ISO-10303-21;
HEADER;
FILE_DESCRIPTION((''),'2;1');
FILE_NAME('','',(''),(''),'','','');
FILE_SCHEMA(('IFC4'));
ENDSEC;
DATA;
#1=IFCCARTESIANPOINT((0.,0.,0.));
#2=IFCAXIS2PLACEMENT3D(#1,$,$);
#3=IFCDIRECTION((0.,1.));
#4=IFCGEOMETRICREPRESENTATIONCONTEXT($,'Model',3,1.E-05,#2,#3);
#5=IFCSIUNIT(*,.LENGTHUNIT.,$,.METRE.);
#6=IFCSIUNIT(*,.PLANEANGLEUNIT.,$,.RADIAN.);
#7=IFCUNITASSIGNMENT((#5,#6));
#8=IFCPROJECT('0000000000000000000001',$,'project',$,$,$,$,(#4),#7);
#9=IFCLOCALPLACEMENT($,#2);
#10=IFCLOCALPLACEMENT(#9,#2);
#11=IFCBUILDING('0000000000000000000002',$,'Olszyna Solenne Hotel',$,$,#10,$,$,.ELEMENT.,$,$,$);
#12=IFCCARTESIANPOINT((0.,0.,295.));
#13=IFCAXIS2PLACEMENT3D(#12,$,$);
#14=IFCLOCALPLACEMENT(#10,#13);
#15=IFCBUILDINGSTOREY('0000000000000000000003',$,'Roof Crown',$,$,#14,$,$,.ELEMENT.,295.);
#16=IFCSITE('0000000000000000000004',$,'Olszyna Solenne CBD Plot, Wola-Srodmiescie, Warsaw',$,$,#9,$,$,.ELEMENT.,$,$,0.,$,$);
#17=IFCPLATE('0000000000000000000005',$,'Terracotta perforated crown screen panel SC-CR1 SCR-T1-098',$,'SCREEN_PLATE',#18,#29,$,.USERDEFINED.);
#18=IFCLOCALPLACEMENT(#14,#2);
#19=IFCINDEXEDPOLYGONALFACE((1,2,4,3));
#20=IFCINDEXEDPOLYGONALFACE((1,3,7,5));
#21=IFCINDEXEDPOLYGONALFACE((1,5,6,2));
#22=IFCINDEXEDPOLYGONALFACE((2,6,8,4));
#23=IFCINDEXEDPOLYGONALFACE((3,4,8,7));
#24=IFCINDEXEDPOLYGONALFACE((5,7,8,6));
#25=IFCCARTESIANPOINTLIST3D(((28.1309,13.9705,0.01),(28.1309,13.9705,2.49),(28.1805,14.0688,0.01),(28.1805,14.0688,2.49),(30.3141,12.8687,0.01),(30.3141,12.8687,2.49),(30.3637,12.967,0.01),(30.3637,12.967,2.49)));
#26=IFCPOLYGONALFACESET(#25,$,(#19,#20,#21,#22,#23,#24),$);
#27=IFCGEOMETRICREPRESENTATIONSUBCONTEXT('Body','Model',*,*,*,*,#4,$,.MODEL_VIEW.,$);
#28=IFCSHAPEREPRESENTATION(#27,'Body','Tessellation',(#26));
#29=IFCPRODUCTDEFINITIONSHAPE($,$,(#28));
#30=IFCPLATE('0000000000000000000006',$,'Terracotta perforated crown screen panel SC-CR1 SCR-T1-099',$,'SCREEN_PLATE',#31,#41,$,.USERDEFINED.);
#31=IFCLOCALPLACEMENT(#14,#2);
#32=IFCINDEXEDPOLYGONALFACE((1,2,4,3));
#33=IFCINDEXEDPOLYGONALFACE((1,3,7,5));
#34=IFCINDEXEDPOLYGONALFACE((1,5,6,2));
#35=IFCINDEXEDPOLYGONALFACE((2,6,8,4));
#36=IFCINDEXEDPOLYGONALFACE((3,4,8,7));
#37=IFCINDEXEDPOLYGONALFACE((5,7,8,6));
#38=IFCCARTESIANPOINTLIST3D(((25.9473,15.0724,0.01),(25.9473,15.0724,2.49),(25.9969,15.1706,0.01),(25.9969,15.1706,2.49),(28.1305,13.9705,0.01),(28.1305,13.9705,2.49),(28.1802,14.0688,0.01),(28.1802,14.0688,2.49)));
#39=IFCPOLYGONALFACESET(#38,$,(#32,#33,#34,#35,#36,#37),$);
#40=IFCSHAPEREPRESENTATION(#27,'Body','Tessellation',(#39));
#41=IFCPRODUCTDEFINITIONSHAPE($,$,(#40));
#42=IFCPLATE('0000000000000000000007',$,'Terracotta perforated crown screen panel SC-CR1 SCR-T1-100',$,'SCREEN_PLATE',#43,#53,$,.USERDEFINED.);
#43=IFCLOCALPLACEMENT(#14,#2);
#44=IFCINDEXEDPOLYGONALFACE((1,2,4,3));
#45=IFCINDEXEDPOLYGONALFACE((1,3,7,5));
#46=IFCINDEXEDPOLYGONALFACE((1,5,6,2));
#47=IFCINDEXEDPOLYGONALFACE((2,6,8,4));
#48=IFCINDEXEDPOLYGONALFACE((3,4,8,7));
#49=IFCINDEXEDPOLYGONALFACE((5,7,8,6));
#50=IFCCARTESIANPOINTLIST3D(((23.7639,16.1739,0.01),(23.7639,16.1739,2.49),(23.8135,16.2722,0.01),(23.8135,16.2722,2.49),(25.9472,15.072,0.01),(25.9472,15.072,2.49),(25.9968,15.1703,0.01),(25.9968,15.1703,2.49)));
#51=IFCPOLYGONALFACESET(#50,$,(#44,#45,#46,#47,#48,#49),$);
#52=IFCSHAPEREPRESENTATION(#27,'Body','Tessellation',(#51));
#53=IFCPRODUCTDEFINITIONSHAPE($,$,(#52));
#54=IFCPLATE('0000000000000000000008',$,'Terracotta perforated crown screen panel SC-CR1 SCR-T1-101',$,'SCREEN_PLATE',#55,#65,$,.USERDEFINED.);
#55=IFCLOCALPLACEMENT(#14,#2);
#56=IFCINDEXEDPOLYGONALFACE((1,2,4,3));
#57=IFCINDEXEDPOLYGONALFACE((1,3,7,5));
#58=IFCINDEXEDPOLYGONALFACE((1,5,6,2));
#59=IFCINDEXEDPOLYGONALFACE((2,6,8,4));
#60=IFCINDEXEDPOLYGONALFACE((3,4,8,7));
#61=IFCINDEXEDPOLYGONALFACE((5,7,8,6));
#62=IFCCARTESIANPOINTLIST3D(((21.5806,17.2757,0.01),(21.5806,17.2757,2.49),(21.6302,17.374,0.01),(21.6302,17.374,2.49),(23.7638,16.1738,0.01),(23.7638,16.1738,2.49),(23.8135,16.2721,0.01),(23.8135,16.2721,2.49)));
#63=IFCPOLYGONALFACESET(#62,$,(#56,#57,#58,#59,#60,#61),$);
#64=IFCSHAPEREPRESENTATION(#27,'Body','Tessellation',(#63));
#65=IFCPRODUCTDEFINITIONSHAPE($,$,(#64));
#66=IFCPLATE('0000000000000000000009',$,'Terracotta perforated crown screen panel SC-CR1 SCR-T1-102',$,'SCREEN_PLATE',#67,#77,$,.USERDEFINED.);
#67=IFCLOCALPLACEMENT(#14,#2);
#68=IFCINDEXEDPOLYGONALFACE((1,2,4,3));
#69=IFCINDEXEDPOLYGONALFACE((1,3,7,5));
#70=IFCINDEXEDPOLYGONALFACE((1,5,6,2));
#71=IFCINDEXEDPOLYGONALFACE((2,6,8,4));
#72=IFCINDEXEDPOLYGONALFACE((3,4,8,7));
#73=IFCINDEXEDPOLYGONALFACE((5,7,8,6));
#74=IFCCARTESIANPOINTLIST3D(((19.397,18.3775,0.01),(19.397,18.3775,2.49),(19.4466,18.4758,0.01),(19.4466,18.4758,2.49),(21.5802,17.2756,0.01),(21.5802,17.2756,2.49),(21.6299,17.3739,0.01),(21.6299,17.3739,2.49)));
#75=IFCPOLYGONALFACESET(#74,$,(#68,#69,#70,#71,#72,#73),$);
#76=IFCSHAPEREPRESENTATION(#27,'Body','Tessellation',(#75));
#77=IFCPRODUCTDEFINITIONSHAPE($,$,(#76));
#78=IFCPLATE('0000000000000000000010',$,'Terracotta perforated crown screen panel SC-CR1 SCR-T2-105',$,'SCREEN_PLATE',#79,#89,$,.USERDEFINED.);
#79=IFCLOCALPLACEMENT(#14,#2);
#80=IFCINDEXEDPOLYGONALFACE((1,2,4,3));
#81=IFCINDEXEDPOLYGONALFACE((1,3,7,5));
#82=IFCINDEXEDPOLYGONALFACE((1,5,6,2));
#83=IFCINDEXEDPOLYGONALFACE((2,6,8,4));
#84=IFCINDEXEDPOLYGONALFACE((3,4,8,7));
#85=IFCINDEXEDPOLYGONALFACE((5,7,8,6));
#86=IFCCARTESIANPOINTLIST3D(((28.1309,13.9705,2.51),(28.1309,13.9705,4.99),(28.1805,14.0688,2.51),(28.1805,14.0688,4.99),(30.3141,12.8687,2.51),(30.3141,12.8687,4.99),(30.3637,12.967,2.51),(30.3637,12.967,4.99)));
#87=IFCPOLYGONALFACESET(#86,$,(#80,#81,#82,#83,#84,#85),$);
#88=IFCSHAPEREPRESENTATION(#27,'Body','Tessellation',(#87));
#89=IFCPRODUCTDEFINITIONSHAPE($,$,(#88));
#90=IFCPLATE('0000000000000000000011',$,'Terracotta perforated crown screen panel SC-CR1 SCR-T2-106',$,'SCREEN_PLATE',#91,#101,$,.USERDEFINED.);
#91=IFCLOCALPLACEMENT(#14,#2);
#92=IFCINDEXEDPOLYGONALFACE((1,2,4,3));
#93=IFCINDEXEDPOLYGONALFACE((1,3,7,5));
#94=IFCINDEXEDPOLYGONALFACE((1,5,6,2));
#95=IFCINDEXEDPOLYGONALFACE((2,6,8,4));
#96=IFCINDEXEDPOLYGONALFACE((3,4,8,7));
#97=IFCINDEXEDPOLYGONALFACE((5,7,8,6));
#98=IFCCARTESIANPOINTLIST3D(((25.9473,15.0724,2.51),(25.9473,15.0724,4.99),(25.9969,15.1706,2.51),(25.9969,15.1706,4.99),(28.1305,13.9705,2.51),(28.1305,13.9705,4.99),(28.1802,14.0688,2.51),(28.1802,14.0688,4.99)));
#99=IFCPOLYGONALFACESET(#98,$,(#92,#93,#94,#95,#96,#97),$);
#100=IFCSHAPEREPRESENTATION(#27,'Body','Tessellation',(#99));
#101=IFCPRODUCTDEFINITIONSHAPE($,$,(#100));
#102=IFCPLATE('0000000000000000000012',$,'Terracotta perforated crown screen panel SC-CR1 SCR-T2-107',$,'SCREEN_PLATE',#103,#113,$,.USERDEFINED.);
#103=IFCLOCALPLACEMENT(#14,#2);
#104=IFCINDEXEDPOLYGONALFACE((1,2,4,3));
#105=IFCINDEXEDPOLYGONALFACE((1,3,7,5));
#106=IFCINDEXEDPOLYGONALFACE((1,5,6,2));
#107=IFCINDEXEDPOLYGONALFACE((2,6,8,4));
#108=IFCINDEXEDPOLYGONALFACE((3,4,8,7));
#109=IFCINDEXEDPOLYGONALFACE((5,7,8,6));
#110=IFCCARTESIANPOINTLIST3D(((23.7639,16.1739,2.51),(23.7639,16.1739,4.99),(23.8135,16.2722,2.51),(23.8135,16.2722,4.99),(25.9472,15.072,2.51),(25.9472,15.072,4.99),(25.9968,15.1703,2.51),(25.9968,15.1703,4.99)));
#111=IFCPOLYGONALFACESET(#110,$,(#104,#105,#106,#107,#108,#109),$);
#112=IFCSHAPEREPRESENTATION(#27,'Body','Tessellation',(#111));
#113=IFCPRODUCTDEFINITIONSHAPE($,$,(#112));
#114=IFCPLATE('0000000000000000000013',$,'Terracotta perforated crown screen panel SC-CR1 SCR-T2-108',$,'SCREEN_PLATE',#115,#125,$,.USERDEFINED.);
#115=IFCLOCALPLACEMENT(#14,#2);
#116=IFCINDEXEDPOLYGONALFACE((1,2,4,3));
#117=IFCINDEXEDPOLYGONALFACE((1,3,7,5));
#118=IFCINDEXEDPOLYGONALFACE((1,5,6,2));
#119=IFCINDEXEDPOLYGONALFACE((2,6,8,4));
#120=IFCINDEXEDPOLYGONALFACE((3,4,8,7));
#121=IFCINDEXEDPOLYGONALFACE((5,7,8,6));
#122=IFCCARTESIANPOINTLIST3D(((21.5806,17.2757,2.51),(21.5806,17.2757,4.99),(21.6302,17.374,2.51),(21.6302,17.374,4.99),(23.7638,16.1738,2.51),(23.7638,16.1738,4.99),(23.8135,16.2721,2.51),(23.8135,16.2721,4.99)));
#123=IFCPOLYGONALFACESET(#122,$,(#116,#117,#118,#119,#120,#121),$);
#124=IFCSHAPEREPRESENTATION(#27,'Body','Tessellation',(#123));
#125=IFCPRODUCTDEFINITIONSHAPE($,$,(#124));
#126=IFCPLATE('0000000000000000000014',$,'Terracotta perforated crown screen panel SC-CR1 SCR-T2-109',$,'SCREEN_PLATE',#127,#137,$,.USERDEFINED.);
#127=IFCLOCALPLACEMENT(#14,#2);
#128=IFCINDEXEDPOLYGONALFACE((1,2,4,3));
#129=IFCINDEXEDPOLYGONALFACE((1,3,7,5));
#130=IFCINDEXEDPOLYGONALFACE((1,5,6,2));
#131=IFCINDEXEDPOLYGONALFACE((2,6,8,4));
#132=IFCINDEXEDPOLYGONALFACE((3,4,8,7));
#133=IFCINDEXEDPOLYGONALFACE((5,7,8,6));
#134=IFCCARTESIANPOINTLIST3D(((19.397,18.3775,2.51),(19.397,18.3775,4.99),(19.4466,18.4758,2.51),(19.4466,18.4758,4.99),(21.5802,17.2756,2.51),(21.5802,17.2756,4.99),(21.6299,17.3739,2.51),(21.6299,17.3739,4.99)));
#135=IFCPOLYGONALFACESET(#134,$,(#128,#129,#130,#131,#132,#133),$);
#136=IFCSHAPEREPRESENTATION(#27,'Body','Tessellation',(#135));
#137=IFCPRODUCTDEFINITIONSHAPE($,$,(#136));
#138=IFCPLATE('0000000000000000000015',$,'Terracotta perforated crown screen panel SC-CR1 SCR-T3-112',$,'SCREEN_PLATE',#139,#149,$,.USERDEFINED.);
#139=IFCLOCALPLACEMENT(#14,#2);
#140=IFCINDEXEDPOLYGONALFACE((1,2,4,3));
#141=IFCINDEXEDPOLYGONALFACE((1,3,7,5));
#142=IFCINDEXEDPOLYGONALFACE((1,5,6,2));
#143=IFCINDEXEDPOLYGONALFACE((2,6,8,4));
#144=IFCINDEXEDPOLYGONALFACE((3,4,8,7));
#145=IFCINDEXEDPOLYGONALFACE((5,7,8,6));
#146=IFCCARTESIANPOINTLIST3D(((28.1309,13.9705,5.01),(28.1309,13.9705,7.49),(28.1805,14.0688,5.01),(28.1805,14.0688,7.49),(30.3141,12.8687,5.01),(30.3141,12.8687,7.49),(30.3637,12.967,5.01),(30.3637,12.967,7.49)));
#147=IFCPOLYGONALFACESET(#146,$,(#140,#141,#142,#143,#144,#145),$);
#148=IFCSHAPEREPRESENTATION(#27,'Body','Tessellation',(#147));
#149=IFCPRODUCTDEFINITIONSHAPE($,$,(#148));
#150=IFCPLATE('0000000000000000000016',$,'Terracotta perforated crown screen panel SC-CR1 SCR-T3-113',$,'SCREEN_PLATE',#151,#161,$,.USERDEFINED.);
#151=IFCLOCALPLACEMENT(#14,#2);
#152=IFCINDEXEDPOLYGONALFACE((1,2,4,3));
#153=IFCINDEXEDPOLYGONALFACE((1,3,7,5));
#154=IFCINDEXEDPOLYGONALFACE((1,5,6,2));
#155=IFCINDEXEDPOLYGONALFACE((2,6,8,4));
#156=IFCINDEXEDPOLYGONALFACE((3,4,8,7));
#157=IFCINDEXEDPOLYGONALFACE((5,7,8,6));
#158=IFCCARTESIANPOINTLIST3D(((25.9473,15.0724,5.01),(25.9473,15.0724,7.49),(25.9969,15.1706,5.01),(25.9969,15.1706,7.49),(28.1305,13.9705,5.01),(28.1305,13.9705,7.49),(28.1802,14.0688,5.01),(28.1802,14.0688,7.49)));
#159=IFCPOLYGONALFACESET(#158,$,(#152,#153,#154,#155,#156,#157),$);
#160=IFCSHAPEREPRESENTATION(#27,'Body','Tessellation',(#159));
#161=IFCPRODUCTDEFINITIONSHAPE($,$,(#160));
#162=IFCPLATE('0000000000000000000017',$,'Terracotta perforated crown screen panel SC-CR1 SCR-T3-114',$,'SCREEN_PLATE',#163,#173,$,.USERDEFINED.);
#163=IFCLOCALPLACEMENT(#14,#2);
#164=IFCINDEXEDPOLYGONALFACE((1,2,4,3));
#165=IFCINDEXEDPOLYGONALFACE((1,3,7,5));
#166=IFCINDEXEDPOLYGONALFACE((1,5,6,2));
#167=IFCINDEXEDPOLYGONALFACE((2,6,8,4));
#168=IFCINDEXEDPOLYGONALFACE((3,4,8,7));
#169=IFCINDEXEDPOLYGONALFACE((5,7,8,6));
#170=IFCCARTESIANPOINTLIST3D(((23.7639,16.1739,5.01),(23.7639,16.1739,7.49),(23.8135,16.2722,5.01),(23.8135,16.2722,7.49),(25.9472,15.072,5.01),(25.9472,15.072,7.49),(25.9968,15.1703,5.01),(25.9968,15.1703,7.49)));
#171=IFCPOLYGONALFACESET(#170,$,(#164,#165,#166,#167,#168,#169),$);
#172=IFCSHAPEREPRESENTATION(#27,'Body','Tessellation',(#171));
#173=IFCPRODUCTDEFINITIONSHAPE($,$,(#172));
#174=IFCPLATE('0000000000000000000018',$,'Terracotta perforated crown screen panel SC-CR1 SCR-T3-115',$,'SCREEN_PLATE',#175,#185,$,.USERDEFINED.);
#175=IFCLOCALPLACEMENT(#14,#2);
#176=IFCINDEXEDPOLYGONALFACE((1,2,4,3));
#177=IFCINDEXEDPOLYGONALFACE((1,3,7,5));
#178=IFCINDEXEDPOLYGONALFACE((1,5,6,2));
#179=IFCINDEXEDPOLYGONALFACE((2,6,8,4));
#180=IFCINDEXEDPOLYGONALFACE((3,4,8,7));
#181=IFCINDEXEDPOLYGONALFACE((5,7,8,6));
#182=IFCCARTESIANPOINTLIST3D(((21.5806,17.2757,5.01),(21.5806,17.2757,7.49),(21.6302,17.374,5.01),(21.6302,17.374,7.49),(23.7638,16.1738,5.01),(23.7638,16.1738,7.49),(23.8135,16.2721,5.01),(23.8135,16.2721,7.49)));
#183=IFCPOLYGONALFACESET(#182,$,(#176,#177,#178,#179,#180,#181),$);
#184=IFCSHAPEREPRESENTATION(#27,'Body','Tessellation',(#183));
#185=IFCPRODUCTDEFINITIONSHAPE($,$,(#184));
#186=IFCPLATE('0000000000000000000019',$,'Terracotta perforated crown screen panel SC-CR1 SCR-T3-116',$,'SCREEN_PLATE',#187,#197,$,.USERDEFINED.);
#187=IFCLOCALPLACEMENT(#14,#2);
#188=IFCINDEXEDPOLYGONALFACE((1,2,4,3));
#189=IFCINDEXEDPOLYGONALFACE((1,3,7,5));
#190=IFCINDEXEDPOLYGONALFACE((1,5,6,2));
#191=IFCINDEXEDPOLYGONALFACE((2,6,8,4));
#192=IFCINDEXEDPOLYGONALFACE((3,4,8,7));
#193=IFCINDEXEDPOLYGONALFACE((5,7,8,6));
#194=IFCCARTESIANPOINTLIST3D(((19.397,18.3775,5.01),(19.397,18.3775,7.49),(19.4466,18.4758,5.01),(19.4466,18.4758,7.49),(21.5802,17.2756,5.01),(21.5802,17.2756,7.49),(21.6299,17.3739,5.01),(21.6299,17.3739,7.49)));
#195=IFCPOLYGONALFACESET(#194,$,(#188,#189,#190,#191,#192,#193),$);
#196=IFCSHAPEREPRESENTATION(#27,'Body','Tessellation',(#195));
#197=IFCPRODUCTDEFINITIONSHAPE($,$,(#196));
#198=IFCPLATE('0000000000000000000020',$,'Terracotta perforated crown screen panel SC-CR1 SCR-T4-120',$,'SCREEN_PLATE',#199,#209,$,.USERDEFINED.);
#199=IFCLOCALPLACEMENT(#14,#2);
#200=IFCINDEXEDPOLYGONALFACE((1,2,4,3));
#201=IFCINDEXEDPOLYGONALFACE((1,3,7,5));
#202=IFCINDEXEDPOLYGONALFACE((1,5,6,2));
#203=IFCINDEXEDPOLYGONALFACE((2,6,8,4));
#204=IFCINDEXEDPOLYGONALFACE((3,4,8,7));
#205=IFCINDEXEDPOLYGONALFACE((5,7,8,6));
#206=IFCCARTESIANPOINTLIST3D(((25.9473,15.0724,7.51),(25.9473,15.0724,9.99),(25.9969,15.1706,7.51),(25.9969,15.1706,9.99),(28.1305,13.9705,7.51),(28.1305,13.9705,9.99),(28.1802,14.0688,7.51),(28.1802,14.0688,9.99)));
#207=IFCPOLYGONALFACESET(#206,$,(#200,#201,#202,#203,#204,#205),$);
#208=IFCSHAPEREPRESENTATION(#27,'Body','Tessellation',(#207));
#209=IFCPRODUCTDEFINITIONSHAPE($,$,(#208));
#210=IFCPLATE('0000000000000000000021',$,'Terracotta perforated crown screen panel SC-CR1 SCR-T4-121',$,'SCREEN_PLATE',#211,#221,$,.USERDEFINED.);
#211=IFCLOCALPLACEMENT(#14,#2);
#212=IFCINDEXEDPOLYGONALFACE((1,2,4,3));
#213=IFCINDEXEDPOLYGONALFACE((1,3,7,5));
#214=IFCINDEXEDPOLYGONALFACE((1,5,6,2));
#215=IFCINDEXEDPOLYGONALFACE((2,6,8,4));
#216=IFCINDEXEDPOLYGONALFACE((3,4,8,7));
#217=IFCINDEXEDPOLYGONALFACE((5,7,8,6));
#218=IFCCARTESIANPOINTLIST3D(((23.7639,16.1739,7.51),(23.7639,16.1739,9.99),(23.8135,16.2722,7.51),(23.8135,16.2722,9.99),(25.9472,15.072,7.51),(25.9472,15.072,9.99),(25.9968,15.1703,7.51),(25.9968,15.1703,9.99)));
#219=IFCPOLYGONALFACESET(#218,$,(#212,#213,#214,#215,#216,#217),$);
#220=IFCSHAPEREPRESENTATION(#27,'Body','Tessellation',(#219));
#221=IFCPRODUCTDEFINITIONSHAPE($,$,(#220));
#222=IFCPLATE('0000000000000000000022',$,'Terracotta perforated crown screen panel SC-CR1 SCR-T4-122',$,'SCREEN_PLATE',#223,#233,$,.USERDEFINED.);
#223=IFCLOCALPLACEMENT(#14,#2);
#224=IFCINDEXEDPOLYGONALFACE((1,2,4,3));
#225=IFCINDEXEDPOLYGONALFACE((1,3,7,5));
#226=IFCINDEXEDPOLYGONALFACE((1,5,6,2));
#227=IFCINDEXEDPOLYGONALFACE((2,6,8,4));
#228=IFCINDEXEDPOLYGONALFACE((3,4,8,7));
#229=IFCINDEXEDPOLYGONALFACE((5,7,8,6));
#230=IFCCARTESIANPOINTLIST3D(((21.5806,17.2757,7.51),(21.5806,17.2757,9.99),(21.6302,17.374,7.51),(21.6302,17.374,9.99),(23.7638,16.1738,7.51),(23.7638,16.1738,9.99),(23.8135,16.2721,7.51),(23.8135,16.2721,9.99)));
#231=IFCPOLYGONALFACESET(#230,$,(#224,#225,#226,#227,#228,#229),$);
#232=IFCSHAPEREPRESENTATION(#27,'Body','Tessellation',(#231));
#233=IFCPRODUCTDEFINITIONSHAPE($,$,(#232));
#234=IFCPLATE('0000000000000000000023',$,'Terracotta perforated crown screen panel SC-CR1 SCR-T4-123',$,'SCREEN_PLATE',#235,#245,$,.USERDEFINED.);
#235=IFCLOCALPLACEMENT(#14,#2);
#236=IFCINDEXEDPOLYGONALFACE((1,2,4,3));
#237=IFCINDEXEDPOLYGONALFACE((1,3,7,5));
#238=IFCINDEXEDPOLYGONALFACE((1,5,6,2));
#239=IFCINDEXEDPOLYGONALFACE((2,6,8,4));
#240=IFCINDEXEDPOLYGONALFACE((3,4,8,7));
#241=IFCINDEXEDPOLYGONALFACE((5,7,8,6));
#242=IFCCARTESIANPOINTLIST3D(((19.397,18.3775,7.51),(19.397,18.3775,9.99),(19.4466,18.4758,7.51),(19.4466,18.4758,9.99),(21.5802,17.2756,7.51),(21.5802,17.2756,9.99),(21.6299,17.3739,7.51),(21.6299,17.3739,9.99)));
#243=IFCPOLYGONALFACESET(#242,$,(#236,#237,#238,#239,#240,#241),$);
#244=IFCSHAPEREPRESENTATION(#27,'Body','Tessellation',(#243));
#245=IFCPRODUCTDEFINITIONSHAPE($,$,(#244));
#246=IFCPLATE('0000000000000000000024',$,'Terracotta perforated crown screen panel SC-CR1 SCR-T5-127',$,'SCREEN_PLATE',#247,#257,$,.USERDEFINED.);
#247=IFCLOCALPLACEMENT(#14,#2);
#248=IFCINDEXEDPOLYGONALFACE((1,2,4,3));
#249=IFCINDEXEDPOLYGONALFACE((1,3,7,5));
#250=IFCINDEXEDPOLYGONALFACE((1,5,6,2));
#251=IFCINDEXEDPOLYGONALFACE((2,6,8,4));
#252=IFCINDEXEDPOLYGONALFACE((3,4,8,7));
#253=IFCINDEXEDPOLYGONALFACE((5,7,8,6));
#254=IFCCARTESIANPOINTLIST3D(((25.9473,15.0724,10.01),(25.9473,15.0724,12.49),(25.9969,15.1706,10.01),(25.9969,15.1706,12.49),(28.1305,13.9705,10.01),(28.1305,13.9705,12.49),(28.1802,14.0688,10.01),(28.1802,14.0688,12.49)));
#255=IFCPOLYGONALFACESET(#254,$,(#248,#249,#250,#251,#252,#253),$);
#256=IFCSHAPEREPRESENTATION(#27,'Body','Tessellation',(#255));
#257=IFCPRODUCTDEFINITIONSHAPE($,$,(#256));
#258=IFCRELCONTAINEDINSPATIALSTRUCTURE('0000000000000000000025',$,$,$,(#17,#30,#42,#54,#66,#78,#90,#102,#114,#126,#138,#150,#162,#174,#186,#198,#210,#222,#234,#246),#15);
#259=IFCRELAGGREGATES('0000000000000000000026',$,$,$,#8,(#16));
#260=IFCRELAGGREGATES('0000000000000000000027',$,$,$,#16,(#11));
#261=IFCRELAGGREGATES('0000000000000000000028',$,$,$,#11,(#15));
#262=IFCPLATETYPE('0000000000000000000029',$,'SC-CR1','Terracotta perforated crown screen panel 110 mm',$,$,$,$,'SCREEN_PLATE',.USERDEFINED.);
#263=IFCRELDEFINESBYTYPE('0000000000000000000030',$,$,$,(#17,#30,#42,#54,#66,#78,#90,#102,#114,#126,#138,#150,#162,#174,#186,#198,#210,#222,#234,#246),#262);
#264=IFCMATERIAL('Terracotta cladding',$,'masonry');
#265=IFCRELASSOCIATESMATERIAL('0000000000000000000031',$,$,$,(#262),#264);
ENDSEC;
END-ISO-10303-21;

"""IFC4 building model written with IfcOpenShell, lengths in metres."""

from ifc_helpers import new_model, si_unit, direction, frame, origin, origin_2d, place, context, subcontext, project, spatial, rectangle, extrude, source, transform, mapped, material, type_object, element, save


model = new_model("IFC4")

# Units and contexts
model_context = context("Model", 3, precision=1e-05, world=origin(), true_north=direction((0.0, 1.0)))
body_context = subcontext(model_context, "Body", "Model", "MODEL_VIEW")
ifc_project = project(units=[si_unit("LENGTHUNIT", "METRE"), si_unit("PLANEANGLEUNIT", "RADIAN")], contexts=[model_context])

# Site, building, storey
site_placement = place(None, origin())
site = spatial("IfcSite", under=ifc_project, at=site_placement, Name="Olszyna Solenne CBD Plot, Wola-Srodmiescie, Warsaw", CompositionType="ELEMENT", RefElevation=0.0)
building_placement = place(site_placement, origin())
building = spatial("IfcBuilding", under=site, at=building_placement, Name="Olszyna Solenne Hotel", CompositionType="ELEMENT")
storey_placement = place(building_placement, frame((0.0, 0.0, 295.0)))
storey = spatial("IfcBuildingStorey", under=building, at=storey_placement, Name="Roof Crown", CompositionType="ELEMENT", Elevation=295.0)

# Plates
ifc_material = material(Name="Terracotta cladding", Category="masonry")
plate_type = type_object("IfcPlateType", Name="SC-CR1", Description="Terracotta perforated crown screen panel 110 mm", ElementType="SCREEN_PLATE", PredefinedType="USERDEFINED", material=ifc_material)
shared_shape_1 = source(origin(), body_context, "Body", "SweptSolid", [
    extrude(rectangle(XDim=2.4456, YDim=0.1101, at=origin_2d()), origin(), (0.0, 0.0, 1.0), 2.48),
])
for number, where, z_axis, x_axis, name in (
    (1, (29.2473, 13.4688, 0.01), (0.0, 0.0, 1.0), (-0.892743, 0.450566, 0.0), "Terracotta perforated crown screen panel SC-CR1 SCR-T1-098"),
    (2, (27.0637, 14.5706, 0.01), (0.0, 0.0, 1.0), (-0.892743, 0.450566, 0.0), "Terracotta perforated crown screen panel SC-CR1 SCR-T1-099"),
    (3, (24.8804, 15.6721, 0.01), (0.0, 0.0, 1.0), (-0.892743, 0.450566, 0.0), "Terracotta perforated crown screen panel SC-CR1 SCR-T1-100"),
    (4, (22.697, 16.7739, 0.01), (0.0, 0.0, 1.0), (-0.892743, 0.450566, 0.0), "Terracotta perforated crown screen panel SC-CR1 SCR-T1-101"),
    (5, (20.5134, 17.8757, 0.01), (0.0, 0.0, 1.0), (-0.892743, 0.450566, 0.0), "Terracotta perforated crown screen panel SC-CR1 SCR-T1-102"),
    (6, (29.2473, 13.4688, 2.51), (0.0, 0.0, 1.0), (-0.892743, 0.450566, 0.0), "Terracotta perforated crown screen panel SC-CR1 SCR-T2-105"),
    (7, (27.0637, 14.5706, 2.51), (0.0, 0.0, 1.0), (-0.892743, 0.450566, 0.0), "Terracotta perforated crown screen panel SC-CR1 SCR-T2-106"),
    (8, (24.8804, 15.6721, 2.51), (0.0, 0.0, 1.0), (-0.892743, 0.450566, 0.0), "Terracotta perforated crown screen panel SC-CR1 SCR-T2-107"),
    (9, (22.697, 16.7739, 2.51), (0.0, 0.0, 1.0), (-0.892743, 0.450566, 0.0), "Terracotta perforated crown screen panel SC-CR1 SCR-T2-108"),
    (10, (20.5134, 17.8757, 2.51), (0.0, 0.0, 1.0), (-0.892743, 0.450566, 0.0), "Terracotta perforated crown screen panel SC-CR1 SCR-T2-109"),
    (11, (29.2473, 13.4688, 5.01), (0.0, 0.0, 1.0), (-0.892743, 0.450566, 0.0), "Terracotta perforated crown screen panel SC-CR1 SCR-T3-112"),
    (12, (27.0637, 14.5706, 5.01), (0.0, 0.0, 1.0), (-0.892743, 0.450566, 0.0), "Terracotta perforated crown screen panel SC-CR1 SCR-T3-113"),
    (13, (24.8804, 15.6721, 5.01), (0.0, 0.0, 1.0), (-0.892743, 0.450566, 0.0), "Terracotta perforated crown screen panel SC-CR1 SCR-T3-114"),
    (14, (22.697, 16.7739, 5.01), (0.0, 0.0, 1.0), (-0.892743, 0.450566, 0.0), "Terracotta perforated crown screen panel SC-CR1 SCR-T3-115"),
    (15, (20.5134, 17.8757, 5.01), (0.0, 0.0, 1.0), (-0.892743, 0.450566, 0.0), "Terracotta perforated crown screen panel SC-CR1 SCR-T3-116"),
    (16, (27.0637, 14.5706, 7.51), (0.0, 0.0, 1.0), (-0.892743, 0.450566, 0.0), "Terracotta perforated crown screen panel SC-CR1 SCR-T4-120"),
    (17, (24.8804, 15.6721, 7.51), (0.0, 0.0, 1.0), (-0.892743, 0.450566, 0.0), "Terracotta perforated crown screen panel SC-CR1 SCR-T4-121"),
    (18, (22.697, 16.7739, 7.51), (0.0, 0.0, 1.0), (-0.892743, 0.450566, 0.0), "Terracotta perforated crown screen panel SC-CR1 SCR-T4-122"),
    (19, (20.5134, 17.8757, 7.51), (0.0, 0.0, 1.0), (-0.892743, 0.450566, 0.0), "Terracotta perforated crown screen panel SC-CR1 SCR-T4-123"),
    (20, (27.0637, 14.5706, 10.01), (0.0, 0.0, 1.0), (-0.892743, 0.450566, 0.0), "Terracotta perforated crown screen panel SC-CR1 SCR-T5-127"),
):
    element("IfcPlate", number, at=place(storey_placement, frame(where, z_axis=z_axis, x_axis=x_axis)), inside=storey, type_object=plate_type, Name=name, ObjectType="SCREEN_PLATE", PredefinedType="USERDEFINED", context=body_context, shape_type="MappedRepresentation", body=[
        mapped(shared_shape_1, transform((0.0, 0.0, 0.0), x_axis=(1.0, 0.0, 0.0), y_axis=(0.0, 1.0, 0.0), z_axis=(0.0, 0.0, 1.0), scale=1.0)),
    ])

save(model, "model.ifc")
